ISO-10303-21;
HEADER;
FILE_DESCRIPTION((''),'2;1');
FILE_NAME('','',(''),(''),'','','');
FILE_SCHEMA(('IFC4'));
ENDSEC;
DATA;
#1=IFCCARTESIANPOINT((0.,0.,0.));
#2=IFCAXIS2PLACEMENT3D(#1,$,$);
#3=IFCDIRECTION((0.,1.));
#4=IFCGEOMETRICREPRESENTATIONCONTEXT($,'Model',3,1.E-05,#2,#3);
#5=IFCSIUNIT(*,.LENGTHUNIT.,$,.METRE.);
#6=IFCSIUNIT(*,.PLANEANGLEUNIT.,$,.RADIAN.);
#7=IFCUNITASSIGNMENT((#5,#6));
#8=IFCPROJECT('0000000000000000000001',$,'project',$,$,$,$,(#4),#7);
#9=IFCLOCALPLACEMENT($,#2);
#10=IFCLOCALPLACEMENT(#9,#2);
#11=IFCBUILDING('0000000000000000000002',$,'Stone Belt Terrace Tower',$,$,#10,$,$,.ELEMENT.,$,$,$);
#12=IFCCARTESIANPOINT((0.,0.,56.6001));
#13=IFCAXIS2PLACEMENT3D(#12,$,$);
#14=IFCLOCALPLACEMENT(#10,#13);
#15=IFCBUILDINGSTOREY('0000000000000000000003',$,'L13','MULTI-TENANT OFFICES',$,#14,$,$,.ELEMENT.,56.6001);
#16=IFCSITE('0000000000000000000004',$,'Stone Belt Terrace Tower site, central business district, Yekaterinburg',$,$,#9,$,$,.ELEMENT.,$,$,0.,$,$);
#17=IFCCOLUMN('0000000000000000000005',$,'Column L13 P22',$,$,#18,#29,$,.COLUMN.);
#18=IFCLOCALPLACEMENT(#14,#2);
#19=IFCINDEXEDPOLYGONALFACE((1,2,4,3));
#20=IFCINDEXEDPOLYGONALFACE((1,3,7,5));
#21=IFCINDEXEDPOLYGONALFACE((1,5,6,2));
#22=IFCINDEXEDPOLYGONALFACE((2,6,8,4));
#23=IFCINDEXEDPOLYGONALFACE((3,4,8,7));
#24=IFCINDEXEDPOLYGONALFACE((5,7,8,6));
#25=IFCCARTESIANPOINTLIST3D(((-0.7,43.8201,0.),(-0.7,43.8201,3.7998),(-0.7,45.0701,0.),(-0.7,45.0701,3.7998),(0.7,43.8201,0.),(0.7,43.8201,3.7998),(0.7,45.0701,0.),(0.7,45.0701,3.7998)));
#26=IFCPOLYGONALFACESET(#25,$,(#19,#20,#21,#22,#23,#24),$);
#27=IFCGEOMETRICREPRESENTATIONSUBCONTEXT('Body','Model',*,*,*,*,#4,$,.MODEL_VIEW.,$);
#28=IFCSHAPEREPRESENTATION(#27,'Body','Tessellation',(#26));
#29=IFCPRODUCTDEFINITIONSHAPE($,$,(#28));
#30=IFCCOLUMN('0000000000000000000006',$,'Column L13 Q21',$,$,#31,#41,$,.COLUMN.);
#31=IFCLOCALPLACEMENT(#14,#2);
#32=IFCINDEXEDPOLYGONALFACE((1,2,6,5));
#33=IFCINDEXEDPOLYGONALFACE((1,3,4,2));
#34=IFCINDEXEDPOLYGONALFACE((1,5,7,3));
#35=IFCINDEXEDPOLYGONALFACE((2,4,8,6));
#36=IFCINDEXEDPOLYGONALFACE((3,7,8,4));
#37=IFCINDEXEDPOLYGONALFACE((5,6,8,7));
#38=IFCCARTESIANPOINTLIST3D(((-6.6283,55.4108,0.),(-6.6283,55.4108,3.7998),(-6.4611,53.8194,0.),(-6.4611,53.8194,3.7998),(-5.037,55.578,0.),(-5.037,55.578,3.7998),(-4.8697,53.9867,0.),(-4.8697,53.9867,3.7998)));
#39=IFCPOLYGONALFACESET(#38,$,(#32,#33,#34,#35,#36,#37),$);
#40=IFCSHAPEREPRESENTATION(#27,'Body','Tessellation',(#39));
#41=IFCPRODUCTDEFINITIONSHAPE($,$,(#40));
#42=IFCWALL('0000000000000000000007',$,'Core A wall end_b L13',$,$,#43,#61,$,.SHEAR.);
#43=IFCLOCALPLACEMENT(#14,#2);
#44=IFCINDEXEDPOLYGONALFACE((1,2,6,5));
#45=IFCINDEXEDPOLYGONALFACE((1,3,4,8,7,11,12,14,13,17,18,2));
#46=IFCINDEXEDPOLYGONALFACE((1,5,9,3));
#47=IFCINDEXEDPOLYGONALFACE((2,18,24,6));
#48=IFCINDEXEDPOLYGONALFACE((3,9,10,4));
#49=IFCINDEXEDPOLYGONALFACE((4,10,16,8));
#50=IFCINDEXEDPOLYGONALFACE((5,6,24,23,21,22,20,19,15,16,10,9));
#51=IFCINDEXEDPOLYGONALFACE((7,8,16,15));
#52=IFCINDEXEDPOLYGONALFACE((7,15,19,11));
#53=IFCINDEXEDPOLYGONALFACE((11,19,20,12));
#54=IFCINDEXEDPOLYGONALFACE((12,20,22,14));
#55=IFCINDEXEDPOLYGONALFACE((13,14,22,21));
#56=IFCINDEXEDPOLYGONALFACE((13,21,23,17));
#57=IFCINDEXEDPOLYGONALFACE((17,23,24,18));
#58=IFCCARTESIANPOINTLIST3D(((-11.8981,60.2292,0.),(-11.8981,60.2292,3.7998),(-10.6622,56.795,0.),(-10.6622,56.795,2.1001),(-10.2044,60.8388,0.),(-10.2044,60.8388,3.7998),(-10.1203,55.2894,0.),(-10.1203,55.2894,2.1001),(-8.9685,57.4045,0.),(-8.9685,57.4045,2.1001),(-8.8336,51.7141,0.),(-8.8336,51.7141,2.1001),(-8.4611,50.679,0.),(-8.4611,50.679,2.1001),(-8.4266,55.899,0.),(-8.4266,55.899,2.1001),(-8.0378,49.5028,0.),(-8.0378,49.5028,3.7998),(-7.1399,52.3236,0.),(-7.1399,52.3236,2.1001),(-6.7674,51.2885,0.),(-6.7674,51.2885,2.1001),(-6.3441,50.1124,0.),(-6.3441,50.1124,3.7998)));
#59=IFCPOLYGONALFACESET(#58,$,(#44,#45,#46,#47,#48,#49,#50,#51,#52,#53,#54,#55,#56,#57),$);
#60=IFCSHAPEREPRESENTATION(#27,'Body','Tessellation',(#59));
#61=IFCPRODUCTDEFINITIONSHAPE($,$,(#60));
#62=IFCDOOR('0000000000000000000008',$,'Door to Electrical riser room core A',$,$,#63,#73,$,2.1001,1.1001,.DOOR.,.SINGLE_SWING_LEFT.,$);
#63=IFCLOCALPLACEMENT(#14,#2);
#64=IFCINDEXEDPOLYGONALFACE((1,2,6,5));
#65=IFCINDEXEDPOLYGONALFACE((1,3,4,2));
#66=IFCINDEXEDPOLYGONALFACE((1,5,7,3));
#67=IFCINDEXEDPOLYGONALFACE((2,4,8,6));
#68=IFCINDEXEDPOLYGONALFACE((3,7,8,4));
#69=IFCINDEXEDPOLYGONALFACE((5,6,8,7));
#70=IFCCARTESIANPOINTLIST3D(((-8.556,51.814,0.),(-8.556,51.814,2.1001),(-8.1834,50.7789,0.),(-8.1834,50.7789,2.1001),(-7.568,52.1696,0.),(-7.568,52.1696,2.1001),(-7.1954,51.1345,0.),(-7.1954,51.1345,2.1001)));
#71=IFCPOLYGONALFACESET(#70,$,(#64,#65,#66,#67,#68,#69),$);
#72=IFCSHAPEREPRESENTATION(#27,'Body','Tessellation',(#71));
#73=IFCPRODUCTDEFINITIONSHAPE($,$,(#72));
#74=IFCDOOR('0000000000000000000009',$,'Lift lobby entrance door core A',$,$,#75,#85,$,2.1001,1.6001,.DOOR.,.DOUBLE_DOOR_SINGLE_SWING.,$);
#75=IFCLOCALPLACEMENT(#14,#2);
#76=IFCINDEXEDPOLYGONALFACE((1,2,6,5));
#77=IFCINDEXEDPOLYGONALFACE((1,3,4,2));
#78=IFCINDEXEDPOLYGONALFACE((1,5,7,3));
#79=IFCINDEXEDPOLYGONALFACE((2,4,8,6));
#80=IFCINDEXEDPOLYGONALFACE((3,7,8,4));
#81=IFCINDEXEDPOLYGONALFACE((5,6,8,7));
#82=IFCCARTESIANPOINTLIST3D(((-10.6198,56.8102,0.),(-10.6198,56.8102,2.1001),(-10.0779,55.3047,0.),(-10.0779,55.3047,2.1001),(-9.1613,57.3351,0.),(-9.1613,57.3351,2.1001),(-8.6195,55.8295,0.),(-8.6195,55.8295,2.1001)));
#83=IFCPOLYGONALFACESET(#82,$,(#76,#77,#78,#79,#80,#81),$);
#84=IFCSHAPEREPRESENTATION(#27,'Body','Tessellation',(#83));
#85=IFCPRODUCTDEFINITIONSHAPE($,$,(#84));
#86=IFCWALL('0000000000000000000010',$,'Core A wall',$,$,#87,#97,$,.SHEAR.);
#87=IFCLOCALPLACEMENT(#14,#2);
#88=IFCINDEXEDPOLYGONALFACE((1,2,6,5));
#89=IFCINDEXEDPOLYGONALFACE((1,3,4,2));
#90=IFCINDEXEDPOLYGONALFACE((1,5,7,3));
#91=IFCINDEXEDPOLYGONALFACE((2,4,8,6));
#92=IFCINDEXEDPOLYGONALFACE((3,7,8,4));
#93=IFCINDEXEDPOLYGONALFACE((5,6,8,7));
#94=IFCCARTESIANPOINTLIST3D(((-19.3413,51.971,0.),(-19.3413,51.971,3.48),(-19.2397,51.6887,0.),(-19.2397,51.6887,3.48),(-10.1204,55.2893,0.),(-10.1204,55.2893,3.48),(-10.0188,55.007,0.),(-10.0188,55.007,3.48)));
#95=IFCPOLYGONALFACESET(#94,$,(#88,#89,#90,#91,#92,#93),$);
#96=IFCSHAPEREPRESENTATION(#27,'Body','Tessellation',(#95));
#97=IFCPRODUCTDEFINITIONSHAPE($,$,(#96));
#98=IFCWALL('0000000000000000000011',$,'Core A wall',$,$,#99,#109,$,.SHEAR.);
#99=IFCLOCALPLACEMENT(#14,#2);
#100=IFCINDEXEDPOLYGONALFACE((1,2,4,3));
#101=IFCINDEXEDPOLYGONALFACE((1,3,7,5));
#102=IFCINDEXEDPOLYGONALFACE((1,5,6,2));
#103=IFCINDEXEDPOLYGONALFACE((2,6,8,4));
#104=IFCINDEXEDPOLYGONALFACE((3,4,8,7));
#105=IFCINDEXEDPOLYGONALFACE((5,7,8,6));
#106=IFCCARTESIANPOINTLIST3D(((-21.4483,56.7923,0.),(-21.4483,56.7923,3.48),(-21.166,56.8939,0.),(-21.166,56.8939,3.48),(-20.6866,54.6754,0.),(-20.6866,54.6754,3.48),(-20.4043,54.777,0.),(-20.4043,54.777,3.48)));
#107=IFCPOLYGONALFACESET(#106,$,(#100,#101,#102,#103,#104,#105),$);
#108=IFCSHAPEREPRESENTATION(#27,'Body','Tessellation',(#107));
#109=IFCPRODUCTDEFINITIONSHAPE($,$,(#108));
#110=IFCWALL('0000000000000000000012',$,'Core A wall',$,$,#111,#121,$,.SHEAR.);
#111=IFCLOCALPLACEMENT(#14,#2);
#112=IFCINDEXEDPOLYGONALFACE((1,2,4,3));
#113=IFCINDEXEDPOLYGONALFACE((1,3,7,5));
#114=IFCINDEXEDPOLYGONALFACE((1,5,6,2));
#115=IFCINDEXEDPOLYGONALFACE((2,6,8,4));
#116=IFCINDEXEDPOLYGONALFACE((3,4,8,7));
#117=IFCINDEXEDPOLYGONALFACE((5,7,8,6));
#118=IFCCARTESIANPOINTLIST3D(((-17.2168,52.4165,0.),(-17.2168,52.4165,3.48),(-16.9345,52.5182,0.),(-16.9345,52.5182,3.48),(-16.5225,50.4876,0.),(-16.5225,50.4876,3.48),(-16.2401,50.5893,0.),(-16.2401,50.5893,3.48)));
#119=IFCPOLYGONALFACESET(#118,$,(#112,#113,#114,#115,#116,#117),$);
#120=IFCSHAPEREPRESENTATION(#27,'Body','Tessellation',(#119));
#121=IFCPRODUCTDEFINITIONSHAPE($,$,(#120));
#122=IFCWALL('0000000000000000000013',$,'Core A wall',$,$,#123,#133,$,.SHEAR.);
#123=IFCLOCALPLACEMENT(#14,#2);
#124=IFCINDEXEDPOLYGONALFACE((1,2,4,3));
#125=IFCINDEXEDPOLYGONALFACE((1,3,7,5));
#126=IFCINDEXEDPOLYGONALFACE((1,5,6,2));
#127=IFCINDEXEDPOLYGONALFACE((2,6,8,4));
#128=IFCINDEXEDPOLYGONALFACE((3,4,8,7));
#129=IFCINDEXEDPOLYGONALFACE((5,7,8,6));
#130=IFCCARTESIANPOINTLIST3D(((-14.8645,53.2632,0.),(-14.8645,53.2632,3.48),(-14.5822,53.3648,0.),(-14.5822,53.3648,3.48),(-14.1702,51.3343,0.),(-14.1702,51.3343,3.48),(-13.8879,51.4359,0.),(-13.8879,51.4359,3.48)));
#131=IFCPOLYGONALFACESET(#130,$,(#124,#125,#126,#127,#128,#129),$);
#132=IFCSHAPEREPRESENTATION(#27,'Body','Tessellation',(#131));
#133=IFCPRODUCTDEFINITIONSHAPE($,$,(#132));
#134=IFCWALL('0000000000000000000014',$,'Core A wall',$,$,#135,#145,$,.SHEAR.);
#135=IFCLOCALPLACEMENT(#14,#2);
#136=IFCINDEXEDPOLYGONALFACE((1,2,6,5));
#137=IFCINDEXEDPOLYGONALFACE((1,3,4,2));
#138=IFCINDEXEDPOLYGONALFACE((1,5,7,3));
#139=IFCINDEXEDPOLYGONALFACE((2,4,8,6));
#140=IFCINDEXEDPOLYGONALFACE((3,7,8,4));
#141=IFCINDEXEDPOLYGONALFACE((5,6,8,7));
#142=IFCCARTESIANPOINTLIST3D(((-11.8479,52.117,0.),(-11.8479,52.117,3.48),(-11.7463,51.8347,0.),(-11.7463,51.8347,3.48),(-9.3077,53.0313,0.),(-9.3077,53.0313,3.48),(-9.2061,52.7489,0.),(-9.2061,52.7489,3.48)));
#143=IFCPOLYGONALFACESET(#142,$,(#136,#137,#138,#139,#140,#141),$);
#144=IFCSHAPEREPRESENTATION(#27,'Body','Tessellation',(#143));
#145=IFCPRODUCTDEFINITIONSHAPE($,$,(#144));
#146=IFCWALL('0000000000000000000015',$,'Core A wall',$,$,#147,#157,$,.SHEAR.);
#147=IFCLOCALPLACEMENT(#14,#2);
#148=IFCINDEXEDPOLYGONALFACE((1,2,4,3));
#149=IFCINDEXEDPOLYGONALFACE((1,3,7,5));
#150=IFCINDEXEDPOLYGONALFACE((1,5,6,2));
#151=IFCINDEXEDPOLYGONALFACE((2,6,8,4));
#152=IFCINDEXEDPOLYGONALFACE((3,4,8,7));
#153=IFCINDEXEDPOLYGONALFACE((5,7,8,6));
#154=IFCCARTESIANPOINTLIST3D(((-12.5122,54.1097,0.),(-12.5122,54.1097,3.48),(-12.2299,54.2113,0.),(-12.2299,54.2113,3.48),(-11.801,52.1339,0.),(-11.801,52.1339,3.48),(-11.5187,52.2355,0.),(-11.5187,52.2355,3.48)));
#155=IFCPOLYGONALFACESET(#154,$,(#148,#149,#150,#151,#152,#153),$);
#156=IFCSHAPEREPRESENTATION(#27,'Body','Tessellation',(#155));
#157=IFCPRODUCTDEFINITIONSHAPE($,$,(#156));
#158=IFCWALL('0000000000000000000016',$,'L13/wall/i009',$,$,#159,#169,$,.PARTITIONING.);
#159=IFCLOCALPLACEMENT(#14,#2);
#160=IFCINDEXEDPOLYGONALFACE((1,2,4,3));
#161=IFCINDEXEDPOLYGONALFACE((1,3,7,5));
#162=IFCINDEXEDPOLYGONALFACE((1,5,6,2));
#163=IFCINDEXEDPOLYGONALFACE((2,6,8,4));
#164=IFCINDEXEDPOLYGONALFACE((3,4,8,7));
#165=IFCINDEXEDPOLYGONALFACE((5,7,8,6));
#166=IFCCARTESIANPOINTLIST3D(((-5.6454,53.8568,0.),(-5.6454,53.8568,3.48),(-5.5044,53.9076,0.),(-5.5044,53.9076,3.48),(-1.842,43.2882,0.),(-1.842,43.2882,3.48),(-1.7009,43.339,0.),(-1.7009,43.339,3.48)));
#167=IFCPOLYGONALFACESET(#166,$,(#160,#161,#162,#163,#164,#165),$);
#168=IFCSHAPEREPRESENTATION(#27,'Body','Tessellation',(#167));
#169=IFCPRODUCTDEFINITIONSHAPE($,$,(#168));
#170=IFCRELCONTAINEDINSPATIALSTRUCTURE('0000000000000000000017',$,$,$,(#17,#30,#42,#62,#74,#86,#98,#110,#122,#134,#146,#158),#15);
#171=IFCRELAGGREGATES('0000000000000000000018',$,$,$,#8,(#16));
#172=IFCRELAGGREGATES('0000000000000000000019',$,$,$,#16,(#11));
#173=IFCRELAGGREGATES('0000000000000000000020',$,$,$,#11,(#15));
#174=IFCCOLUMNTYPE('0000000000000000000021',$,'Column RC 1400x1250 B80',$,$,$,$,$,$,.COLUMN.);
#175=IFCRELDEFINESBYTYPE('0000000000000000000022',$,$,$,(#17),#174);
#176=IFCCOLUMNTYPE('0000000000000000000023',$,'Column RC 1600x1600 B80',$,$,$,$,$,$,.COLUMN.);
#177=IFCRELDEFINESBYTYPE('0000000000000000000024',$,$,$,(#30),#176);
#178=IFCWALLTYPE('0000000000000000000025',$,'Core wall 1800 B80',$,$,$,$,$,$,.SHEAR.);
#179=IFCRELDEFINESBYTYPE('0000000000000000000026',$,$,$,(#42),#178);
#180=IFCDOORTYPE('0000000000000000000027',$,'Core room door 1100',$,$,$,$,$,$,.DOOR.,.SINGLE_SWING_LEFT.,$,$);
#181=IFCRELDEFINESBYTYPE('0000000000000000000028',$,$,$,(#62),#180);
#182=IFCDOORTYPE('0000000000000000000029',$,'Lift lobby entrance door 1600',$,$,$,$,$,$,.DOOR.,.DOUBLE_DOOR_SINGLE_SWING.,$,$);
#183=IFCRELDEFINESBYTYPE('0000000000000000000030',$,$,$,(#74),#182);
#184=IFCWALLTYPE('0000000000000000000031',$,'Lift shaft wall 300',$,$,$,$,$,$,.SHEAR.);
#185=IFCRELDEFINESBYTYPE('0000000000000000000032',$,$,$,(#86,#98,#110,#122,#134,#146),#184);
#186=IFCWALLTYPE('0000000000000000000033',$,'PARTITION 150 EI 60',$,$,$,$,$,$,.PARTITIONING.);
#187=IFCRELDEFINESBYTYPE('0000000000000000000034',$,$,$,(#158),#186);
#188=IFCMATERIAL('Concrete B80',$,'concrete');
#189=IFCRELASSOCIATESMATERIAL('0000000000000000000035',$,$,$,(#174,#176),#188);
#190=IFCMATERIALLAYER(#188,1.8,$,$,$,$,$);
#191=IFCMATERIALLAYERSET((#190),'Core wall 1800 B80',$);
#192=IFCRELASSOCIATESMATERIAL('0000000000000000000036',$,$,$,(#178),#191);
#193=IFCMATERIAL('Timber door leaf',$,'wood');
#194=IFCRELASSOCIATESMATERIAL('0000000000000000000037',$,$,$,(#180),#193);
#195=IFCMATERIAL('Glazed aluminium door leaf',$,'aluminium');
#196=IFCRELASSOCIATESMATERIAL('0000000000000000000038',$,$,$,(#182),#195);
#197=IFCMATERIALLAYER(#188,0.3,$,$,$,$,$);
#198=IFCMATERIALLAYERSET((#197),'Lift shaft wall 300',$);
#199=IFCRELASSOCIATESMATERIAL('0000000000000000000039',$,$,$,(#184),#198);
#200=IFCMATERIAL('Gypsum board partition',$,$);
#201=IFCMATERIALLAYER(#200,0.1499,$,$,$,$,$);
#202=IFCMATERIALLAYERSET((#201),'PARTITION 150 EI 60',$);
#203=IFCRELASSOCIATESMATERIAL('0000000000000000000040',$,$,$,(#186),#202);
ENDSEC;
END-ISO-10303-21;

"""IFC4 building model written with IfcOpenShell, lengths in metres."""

from ifc_helpers import new_model, si_unit, direction, frame, frame_2d, origin, origin_2d, place, context, subcontext, project, spatial, rectangle, extrude, material, layer, layer_set, material_profile, profile_set, type_object, element, fill, save


model = new_model("IFC4")

# Units and contexts
model_context = context("Model", 3, precision=1e-05, world=origin(), true_north=direction((0.0, 1.0)))
body_context = subcontext(model_context, "Body", "Model", "MODEL_VIEW")
ifc_project = project(units=[si_unit("LENGTHUNIT", "METRE"), si_unit("PLANEANGLEUNIT", "RADIAN")], contexts=[model_context])

# Site, building, storey
site_placement = place(None, origin())
site = spatial("IfcSite", under=ifc_project, at=site_placement, Name="Stone Belt Terrace Tower site, central business district, Yekaterinburg", CompositionType="ELEMENT", RefElevation=0.0)
building_placement = place(site_placement, origin())
building = spatial("IfcBuilding", under=site, at=building_placement, Name="Stone Belt Terrace Tower", CompositionType="ELEMENT")
storey_placement = place(building_placement, frame((0.0, 0.0, 56.6001)))
storey = spatial("IfcBuildingStorey", under=building, at=storey_placement, Name="L13", Description="MULTI-TENANT OFFICES", CompositionType="ELEMENT", Elevation=56.6001)

# Columns
ifc_material_1 = material(Name="Concrete B80", Category="concrete")
ifc_material_profile_1 = material_profile(ifc_material_1, rectangle(XDim=1.3999, YDim=1.25, at=origin_2d()), Name="RC 1400x1250")
ifc_profile_set_1 = profile_set([ifc_material_profile_1], Name="Concrete B80")
column_type_1 = type_object("IfcColumnType", Name="Column RC 1400x1250 B80", PredefinedType="COLUMN", material=ifc_profile_set_1)
column_1_placement = place(storey_placement, frame((0.0, 44.4451, 0.0), z_axis=(0.0, 0.0, 1.0), x_axis=(1.0, 0.0, 0.0)))
element("IfcColumn", 1, at=column_1_placement, inside=storey, type_object=column_type_1, Name="Column L13 P22", PredefinedType="COLUMN", context=body_context, shape_type="SweptSolid", body=[
    extrude(rectangle(XDim=1.3999, YDim=1.25, at=origin_2d()), origin(), (0.0, 0.0, 1.0), 3.7998),
])
ifc_material_profile_2 = material_profile(ifc_material_1, rectangle(XDim=1.6001, YDim=1.6001, at=origin_2d()), Name="RC 1600x1600")
ifc_profile_set_2 = profile_set([ifc_material_profile_2], Name="Concrete B80")
column_type_2 = type_object("IfcColumnType", Name="Column RC 1600x1600 B80", PredefinedType="COLUMN", material=ifc_profile_set_2)
column_2_placement = place(storey_placement, frame((-5.749, 54.6987, 0.0), z_axis=(0.0, 0.0, 1.0), x_axis=(0.994522, 0.104528, 0.0)))
element("IfcColumn", 2, at=column_2_placement, inside=storey, type_object=column_type_2, Name="Column L13 Q21", PredefinedType="COLUMN", context=body_context, shape_type="SweptSolid", body=[
    extrude(rectangle(XDim=1.6001, YDim=1.6001, at=origin_2d()), origin(), (0.0, 0.0, 1.0), 3.7998),
])

# Wall, openings, doors
ifc_layer_1 = layer(ifc_material_1, 1.8)
ifc_layer_set_1 = layer_set([ifc_layer_1], Name="Core wall 1800 B80")
wall_type_1 = type_object("IfcWallType", Name="Core wall 1800 B80", PredefinedType="SHEAR", material=ifc_layer_set_1)
wall_1_placement = place(storey_placement, frame((-7.1909, 49.8076, 0.0), z_axis=(0.0, 0.0, 1.0), x_axis=(-0.338632, 0.940919, 0.0)))
wall_1 = element("IfcWall", 3, at=wall_1_placement, inside=storey, type_object=wall_type_1, Name="Core A wall end_b L13", PredefinedType="SHEAR", context=body_context, shape_type="SweptSolid", body=[
    extrude(rectangle(XDim=11.3999, YDim=1.8, at=frame_2d((5.7, 0.0))), origin(), (0.0, 0.0, 1.0), 3.7998),
])
opening_1_placement = place(wall_1_placement, frame((6.1499, 0.0, 0.0)))
opening_1 = element("IfcOpeningElement", 4, at=opening_1_placement, cuts=wall_1, PredefinedType="OPENING", context=body_context, shape_type="SweptSolid", body=[
    extrude(rectangle(XDim=1.6001, YDim=2.1001, at=frame_2d((0.8, 1.05))), frame((0.0, 0.9099, 0.0), z_axis=(0.0, -1.0, 0.0), x_axis=(1.0, 0.0, 0.0)), (0.0, 0.0, 1.0), 1.8201),
])
opening_2_placement = place(wall_1_placement, frame((1.25, 0.0, 0.0)))
opening_2 = element("IfcOpeningElement", 5, at=opening_2_placement, cuts=wall_1, PredefinedType="OPENING", context=body_context, shape_type="SweptSolid", body=[
    extrude(rectangle(XDim=1.1001, YDim=2.1001, at=frame_2d((0.55, 1.05))), frame((0.0, 0.9099, 0.0), z_axis=(0.0, -1.0, 0.0), x_axis=(1.0, 0.0, 0.0)), (0.0, 0.0, 1.0), 1.8201),
])
ifc_material_2 = material(Name="Timber door leaf", Category="wood")
door_type_1 = type_object("IfcDoorType", Name="Core room door 1100", OperationType="SINGLE_SWING_LEFT", PredefinedType="DOOR", material=ifc_material_2)
door_1_placement = place(opening_2_placement, origin())
door_1 = element("IfcDoor", 6, at=door_1_placement, inside=storey, type_object=door_type_1, Name="Door to Electrical riser room core A", OperationType="SINGLE_SWING_LEFT", OverallHeight=2.1001, OverallWidth=1.1001, PredefinedType="DOOR", context=body_context, shape_type="SweptSolid", body=[
    extrude(rectangle(XDim=1.1001, YDim=2.1001, at=frame_2d((0.55, 1.05))), frame((0.0, 0.605, 0.0), z_axis=(0.0, -1.0, 0.0), x_axis=(1.0, 0.0, 0.0)), (0.0, 0.0, 1.0), 1.05),
])
fill(opening_2, door_1)
ifc_material_3 = material(Name="Glazed aluminium door leaf", Category="aluminium")
door_type_2 = type_object("IfcDoorType", Name="Lift lobby entrance door 1600", OperationType="DOUBLE_DOOR_SINGLE_SWING", PredefinedType="DOOR", material=ifc_material_3)
door_2_placement = place(opening_1_placement, origin())
door_2 = element("IfcDoor", 7, at=door_2_placement, inside=storey, type_object=door_type_2, Name="Lift lobby entrance door core A", OperationType="DOUBLE_DOOR_SINGLE_SWING", OverallHeight=2.1001, OverallWidth=1.6001, PredefinedType="DOOR", context=body_context, shape_type="SweptSolid", body=[
    extrude(rectangle(XDim=1.6001, YDim=2.1001, at=frame_2d((0.8, 1.05))), frame((0.0, 0.855, 0.0), z_axis=(0.0, -1.0, 0.0), x_axis=(1.0, 0.0, 0.0)), (0.0, 0.0, 1.0), 1.55),
])
fill(opening_1, door_2)

# Walls
ifc_layer_2 = layer(ifc_material_1, 0.3)
ifc_layer_set_2 = layer_set([ifc_layer_2], Name="Lift shaft wall 300")
wall_type_2 = type_object("IfcWallType", Name="Lift shaft wall 300", PredefinedType="SHEAR", material=ifc_layer_set_2)
wall_2_placement = place(storey_placement, frame((-19.2905, 51.8298, 0.0), z_axis=(0.0, 0.0, 1.0), x_axis=(0.940926, 0.338613, 0.0)))
element("IfcWall", 8, at=wall_2_placement, inside=storey, type_object=wall_type_2, Name="Core A wall", PredefinedType="SHEAR", context=body_context, shape_type="SweptSolid", body=[
    extrude(rectangle(XDim=9.7998, YDim=0.3, at=frame_2d((4.8999, 0.0))), origin(), (0.0, 0.0, 1.0), 3.48),
])
wall_3_placement = place(storey_placement, frame((-20.5454, 54.7261, 0.0), z_axis=(0.0, 0.0, 1.0), x_axis=(-0.33857, 0.940941, 0.0)))
element("IfcWall", 9, at=wall_3_placement, inside=storey, type_object=wall_type_2, Name="Core A wall", PredefinedType="SHEAR", context=body_context, shape_type="SweptSolid", body=[
    extrude(rectangle(XDim=2.2498, YDim=0.3, at=frame_2d((1.125, 0.0))), origin(), (0.0, 0.0, 1.0), 3.48),
])
for number, where, z_axis, x_axis, name in (
    (10, (-16.3813, 50.5386, 0.0), (0.0, 0.0, 1.0), (-0.338682, 0.940901, 0.0), "Core A wall"),
    (11, (-14.0291, 51.3853, 0.0), (0.0, 0.0, 1.0), (-0.338682, 0.940901, 0.0), "Core A wall"),
):
    element("IfcWall", number, at=place(storey_placement, frame(where, z_axis=z_axis, x_axis=x_axis)), inside=storey, type_object=wall_type_2, Name=name, PredefinedType="SHEAR", context=body_context, shape_type="SweptSolid", body=[
        extrude(rectangle(XDim=2.05, YDim=0.3, at=frame_2d((1.0249, 0.0))), origin(), (0.0, 0.0, 1.0), 3.48),
    ])
wall_4_placement = place(storey_placement, frame((-11.7971, 51.9758, 0.0), z_axis=(0.0, 0.0, 1.0), x_axis=(0.94091, 0.338655, 0.0)))
element("IfcWall", 12, at=wall_4_placement, inside=storey, type_object=wall_type_2, Name="Core A wall", PredefinedType="SHEAR", context=body_context, shape_type="SweptSolid", body=[
    extrude(rectangle(XDim=2.6997, YDim=0.3, at=frame_2d((1.3499, 0.0))), origin(), (0.0, 0.0, 1.0), 3.48),
])
wall_5_placement = place(storey_placement, frame((-11.6599, 52.1848, 0.0), z_axis=(0.0, 0.0, 1.0), x_axis=(-0.33867, 0.940905, 0.0)))
element("IfcWall", 13, at=wall_5_placement, inside=storey, type_object=wall_type_2, Name="Core A wall", PredefinedType="SHEAR", context=body_context, shape_type="SweptSolid", body=[
    extrude(rectangle(XDim=2.0999, YDim=0.3, at=frame_2d((1.0498, 0.0))), origin(), (0.0, 0.0, 1.0), 3.48),
])
ifc_material_4 = material(Name="Gypsum board partition")
ifc_layer_3 = layer(ifc_material_4, 0.1499)
ifc_layer_set_3 = layer_set([ifc_layer_3], Name="PARTITION 150 EI 60")
wall_type_3 = type_object("IfcWallType", Name="PARTITION 150 EI 60", PredefinedType="PARTITIONING", material=ifc_layer_set_3)
wall_6_placement = place(storey_placement, frame((-5.575, 53.8823, 0.0), z_axis=(0.0, 0.0, 1.0), x_axis=(0.338622, -0.940922, 0.0)))
element("IfcWall", 14, at=wall_6_placement, inside=storey, type_object=wall_type_3, Name="L13/wall/i009", PredefinedType="PARTITIONING", context=body_context, shape_type="SweptSolid", body=[
    extrude(rectangle(XDim=11.2322, YDim=0.1499, at=frame_2d((5.6162, 0.0))), origin(), (0.0, 0.0, 1.0), 3.48),
])

save(model, "model.ifc")
